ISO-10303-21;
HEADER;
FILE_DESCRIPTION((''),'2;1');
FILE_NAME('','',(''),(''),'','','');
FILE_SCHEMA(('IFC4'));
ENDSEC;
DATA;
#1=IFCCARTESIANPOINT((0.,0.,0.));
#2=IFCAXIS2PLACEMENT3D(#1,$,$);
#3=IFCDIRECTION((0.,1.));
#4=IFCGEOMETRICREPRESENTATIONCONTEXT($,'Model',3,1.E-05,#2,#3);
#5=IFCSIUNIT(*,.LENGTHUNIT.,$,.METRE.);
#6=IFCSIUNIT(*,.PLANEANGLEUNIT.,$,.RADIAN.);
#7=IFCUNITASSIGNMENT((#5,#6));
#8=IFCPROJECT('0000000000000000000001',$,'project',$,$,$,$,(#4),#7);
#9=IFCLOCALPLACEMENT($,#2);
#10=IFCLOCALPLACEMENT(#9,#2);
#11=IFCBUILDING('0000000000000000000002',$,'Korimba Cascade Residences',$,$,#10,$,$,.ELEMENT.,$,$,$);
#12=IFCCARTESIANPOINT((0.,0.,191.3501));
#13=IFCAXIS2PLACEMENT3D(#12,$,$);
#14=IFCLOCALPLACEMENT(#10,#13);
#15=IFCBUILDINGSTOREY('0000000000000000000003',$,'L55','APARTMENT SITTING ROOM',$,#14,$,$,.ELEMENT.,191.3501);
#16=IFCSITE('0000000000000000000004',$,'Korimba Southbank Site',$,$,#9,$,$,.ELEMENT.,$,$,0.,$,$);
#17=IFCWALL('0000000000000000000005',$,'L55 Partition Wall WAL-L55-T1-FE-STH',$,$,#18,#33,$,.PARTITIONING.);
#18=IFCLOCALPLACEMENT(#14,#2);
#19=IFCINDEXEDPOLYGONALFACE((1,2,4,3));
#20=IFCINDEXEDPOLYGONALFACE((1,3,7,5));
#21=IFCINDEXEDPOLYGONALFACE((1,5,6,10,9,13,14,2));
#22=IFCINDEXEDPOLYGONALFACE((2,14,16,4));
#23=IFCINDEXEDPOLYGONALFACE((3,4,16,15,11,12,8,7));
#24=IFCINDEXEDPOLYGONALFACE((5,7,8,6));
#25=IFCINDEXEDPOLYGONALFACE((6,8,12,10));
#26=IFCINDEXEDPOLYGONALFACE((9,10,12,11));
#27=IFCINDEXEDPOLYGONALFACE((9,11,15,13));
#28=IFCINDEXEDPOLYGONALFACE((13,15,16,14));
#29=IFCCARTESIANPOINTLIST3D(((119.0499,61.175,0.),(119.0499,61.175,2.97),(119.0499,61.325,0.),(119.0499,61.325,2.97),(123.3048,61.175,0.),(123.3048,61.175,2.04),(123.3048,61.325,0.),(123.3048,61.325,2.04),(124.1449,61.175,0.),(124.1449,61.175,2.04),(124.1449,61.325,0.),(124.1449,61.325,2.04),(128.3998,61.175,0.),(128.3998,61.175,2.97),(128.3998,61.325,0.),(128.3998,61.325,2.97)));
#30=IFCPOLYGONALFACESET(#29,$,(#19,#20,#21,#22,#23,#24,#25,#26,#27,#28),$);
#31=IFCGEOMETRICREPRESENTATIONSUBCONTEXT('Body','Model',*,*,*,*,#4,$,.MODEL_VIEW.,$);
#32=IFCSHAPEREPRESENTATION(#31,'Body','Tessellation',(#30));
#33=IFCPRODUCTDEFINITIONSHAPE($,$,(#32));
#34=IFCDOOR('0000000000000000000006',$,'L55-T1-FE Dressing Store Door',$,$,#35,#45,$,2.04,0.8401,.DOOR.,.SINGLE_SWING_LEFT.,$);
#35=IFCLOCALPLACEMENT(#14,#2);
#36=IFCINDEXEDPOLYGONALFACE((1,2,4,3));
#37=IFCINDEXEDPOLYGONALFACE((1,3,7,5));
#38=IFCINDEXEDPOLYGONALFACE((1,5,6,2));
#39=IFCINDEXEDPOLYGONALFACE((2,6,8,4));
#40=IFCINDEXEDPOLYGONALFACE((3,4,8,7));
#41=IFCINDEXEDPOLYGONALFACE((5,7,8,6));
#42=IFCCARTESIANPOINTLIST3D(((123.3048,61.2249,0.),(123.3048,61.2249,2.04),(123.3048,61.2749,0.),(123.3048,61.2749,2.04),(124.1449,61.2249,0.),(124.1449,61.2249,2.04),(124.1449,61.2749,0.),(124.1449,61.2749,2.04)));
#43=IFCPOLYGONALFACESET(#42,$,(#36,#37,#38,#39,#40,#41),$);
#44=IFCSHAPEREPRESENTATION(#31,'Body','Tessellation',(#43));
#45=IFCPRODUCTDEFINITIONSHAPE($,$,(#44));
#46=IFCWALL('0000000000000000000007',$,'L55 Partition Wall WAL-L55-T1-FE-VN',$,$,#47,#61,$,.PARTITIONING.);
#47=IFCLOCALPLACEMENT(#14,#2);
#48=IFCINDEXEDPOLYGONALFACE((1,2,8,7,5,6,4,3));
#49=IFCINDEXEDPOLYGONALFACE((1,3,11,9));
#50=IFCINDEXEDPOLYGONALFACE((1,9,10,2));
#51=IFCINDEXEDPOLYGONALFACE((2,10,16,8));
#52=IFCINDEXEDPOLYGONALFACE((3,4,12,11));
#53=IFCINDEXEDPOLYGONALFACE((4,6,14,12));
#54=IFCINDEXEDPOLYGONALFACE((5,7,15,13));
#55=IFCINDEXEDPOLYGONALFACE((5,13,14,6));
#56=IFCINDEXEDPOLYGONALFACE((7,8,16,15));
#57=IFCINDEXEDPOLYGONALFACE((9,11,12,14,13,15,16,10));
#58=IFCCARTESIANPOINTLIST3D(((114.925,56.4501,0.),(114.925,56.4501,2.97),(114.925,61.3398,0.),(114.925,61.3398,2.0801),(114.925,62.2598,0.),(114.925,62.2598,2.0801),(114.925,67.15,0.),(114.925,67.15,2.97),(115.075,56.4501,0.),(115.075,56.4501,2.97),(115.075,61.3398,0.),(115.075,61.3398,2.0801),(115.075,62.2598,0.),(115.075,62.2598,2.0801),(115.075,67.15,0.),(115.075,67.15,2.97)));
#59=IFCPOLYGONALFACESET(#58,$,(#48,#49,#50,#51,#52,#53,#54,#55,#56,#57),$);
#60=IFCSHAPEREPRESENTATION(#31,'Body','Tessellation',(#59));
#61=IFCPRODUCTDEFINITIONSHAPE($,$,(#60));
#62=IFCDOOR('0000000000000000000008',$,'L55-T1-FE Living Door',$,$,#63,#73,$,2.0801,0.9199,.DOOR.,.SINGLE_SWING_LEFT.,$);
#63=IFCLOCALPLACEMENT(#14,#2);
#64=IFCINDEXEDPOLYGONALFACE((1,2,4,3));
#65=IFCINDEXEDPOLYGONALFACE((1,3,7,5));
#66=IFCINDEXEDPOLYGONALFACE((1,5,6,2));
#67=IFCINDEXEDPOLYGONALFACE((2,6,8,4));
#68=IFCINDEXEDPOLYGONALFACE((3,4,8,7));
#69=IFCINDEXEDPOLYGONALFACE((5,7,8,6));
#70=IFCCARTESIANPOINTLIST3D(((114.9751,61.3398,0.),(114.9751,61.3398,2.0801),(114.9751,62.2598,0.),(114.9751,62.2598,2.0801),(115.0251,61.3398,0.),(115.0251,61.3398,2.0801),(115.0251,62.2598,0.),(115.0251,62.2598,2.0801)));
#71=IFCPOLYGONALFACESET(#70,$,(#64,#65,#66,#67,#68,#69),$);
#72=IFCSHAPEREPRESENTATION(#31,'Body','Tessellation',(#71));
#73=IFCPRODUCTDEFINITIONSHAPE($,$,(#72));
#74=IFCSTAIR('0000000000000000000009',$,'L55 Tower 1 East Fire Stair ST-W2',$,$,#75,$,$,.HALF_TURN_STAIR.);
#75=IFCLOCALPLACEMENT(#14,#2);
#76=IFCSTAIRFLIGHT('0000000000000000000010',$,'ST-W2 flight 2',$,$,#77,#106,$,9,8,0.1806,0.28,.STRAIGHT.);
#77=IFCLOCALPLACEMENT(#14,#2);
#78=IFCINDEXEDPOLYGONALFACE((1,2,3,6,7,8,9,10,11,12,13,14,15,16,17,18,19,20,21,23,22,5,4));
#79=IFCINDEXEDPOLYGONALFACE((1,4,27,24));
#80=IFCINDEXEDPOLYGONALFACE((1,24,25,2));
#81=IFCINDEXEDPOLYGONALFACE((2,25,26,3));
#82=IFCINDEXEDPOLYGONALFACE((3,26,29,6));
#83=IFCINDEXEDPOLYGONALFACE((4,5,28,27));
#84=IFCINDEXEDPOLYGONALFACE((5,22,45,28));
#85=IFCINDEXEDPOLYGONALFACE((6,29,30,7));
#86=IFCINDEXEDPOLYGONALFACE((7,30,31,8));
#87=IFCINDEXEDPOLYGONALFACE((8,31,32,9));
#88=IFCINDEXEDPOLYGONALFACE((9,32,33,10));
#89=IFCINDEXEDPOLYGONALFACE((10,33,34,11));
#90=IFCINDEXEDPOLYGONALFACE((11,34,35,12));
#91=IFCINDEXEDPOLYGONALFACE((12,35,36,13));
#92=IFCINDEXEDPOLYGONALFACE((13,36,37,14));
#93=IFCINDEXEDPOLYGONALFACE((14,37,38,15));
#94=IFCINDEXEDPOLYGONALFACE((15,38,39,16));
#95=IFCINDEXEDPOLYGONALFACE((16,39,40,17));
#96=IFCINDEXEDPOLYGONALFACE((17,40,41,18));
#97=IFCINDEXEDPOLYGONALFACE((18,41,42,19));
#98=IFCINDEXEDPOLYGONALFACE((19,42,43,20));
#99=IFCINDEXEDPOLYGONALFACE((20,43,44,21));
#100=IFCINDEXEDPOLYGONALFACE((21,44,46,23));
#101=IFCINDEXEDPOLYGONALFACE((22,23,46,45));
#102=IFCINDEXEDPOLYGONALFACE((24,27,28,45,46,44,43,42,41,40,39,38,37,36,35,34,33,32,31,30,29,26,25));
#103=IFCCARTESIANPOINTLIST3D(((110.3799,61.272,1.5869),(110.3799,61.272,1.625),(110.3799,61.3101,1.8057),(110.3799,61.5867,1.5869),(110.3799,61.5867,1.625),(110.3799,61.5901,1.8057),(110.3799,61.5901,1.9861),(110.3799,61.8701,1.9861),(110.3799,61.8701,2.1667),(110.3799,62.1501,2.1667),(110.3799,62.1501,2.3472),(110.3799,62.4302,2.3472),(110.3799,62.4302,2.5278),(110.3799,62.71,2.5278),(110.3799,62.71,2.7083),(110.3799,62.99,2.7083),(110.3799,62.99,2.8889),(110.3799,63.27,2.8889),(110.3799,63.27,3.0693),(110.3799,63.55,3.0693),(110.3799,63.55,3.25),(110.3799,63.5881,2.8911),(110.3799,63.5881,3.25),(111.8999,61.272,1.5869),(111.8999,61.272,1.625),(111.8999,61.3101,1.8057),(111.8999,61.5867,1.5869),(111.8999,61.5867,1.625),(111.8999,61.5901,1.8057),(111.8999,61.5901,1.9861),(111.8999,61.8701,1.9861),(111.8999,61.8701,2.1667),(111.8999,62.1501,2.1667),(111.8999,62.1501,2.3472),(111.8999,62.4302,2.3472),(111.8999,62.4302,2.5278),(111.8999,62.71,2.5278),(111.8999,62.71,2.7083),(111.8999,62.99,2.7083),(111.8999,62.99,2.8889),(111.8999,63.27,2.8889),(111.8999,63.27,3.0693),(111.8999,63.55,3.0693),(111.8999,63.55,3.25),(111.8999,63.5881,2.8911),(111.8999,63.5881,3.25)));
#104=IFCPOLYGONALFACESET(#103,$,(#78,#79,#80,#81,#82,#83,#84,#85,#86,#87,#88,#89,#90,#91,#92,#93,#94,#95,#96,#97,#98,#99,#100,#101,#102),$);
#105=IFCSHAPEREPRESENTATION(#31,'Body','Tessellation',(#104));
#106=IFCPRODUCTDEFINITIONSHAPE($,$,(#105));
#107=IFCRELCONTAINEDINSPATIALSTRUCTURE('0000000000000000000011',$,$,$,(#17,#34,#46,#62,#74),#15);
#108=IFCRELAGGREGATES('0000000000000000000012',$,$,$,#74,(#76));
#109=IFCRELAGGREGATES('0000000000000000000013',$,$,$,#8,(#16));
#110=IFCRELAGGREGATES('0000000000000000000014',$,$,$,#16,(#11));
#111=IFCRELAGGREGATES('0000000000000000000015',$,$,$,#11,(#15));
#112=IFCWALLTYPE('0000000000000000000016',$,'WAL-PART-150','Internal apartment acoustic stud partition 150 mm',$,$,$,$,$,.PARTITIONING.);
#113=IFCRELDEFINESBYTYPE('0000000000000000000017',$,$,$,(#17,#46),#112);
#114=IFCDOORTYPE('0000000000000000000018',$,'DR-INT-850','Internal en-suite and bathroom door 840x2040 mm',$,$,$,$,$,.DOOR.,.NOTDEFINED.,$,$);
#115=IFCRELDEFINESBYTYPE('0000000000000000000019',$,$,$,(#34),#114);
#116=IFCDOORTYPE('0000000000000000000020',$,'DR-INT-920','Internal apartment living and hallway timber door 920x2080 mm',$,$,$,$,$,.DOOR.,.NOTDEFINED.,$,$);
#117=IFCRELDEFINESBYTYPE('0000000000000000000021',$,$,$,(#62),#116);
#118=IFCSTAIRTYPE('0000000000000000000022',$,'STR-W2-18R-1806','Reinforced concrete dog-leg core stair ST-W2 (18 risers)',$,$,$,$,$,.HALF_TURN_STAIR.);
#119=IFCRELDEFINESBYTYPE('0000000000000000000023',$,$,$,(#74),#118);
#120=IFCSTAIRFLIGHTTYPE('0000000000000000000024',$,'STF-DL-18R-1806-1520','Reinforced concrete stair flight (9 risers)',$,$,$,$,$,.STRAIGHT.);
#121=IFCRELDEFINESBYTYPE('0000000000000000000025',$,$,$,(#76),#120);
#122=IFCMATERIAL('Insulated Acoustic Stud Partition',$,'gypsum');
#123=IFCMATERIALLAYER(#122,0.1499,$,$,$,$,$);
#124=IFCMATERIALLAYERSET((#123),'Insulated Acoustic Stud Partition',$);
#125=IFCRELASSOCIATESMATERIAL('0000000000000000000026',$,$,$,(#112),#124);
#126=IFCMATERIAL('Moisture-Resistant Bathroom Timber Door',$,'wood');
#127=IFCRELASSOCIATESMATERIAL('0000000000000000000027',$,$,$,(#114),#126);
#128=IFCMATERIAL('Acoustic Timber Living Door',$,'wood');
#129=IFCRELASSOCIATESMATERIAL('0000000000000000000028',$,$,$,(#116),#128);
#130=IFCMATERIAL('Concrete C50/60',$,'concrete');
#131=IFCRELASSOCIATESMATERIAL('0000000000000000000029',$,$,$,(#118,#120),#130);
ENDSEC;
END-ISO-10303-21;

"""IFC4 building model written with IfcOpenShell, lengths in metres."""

from ifc_helpers import new_model, si_unit, direction, frame, frame_2d, origin, place, context, subcontext, project, spatial, polyline, rectangle, outline, extrude, material, layer, layer_set, type_object, element, fill, aggregate, save


model = new_model("IFC4")

# Units and contexts
model_context = context("Model", 3, precision=1e-05, world=origin(), true_north=direction((0.0, 1.0)))
body_context = subcontext(model_context, "Body", "Model", "MODEL_VIEW")
ifc_project = project(units=[si_unit("LENGTHUNIT", "METRE"), si_unit("PLANEANGLEUNIT", "RADIAN")], contexts=[model_context])

# Site, building, storey
site_placement = place(None, origin())
site = spatial("IfcSite", under=ifc_project, at=site_placement, Name="Korimba Southbank Site", CompositionType="ELEMENT", RefElevation=0.0)
building_placement = place(site_placement, origin())
building = spatial("IfcBuilding", under=site, at=building_placement, Name="Korimba Cascade Residences", CompositionType="ELEMENT")
storey_placement = place(building_placement, frame((0.0, 0.0, 191.3501)))
storey = spatial("IfcBuildingStorey", under=building, at=storey_placement, Name="L55", Description="APARTMENT SITTING ROOM", CompositionType="ELEMENT", Elevation=191.3501)

# Walls, openings, doors
ifc_material_1 = material(Name="Insulated Acoustic Stud Partition", Category="gypsum")
ifc_layer_1 = layer(ifc_material_1, 0.1499)
ifc_layer_set_1 = layer_set([ifc_layer_1], Name="Insulated Acoustic Stud Partition")
wall_type_1 = type_object("IfcWallType", Name="WAL-PART-150", Description="Internal apartment acoustic stud partition 150 mm", PredefinedType="PARTITIONING", material=ifc_layer_set_1)
wall_1_placement = place(storey_placement, frame((119.05, 61.25, 0.0), z_axis=(0.0, 0.0, 1.0), x_axis=(1.0, 0.0, 0.0)))
wall_1 = element("IfcWall", 1, at=wall_1_placement, inside=storey, type_object=wall_type_1, Name="L55 Partition Wall WAL-L55-T1-FE-STH", PredefinedType="PARTITIONING", context=body_context, shape_type="SweptSolid", body=[
    extrude(rectangle(XDim=9.3499, YDim=0.1499, at=frame_2d((4.6748, 0.0))), origin(), (0.0, 0.0, 1.0), 2.97),
])
opening_1_placement = place(wall_1_placement, frame((4.2549, 0.0, 0.0)))
opening_1 = element("IfcOpeningElement", 2, at=opening_1_placement, cuts=wall_1, PredefinedType="OPENING", context=body_context, shape_type="SweptSolid", body=[
    extrude(rectangle(XDim=0.8401, YDim=2.04, at=frame_2d((0.4199, 1.02))), frame((0.0, 0.085, 0.0), z_axis=(0.0, -1.0, 0.0), x_axis=(1.0, 0.0, 0.0)), (0.0, 0.0, 1.0), 0.1699),
])
ifc_material_2 = material(Name="Moisture-Resistant Bathroom Timber Door", Category="wood")
door_type_1 = type_object("IfcDoorType", Name="DR-INT-850", Description="Internal en-suite and bathroom door 840x2040 mm", OperationType="NOTDEFINED", PredefinedType="DOOR", material=ifc_material_2)
door_1_placement = place(opening_1_placement, origin())
door_1 = element("IfcDoor", 3, at=door_1_placement, inside=storey, type_object=door_type_1, Name="L55-T1-FE Dressing Store Door", OperationType="SINGLE_SWING_LEFT", OverallHeight=2.04, OverallWidth=0.8401, PredefinedType="DOOR", context=body_context, shape_type="SweptSolid", body=[
    extrude(rectangle(XDim=0.8401, YDim=2.04, at=frame_2d((0.4199, 1.02))), frame((0.0, 0.0249, 0.0), z_axis=(0.0, -1.0, 0.0), x_axis=(1.0, 0.0, 0.0)), (0.0, 0.0, 1.0), 0.05),
])
fill(opening_1, door_1)
wall_2_placement = place(storey_placement, frame((115.0, 56.45, 0.0), z_axis=(0.0, 0.0, 1.0), x_axis=(0.0, 1.0, 0.0)))
wall_2 = element("IfcWall", 4, at=wall_2_placement, inside=storey, type_object=wall_type_1, Name="L55 Partition Wall WAL-L55-T1-FE-VN", PredefinedType="PARTITIONING", context=body_context, shape_type="SweptSolid", body=[
    extrude(rectangle(XDim=10.7, YDim=0.1499, at=frame_2d((5.3501, 0.0))), origin(), (0.0, 0.0, 1.0), 2.97),
])
opening_2_placement = place(wall_2_placement, frame((4.8899, 0.0, 0.0)))
opening_2 = element("IfcOpeningElement", 5, at=opening_2_placement, cuts=wall_2, PredefinedType="OPENING", context=body_context, shape_type="SweptSolid", body=[
    extrude(rectangle(XDim=0.9199, YDim=2.0801, at=frame_2d((0.46, 1.04))), frame((0.0, 0.085, 0.0), z_axis=(0.0, -1.0, 0.0), x_axis=(1.0, 0.0, 0.0)), (0.0, 0.0, 1.0), 0.1699),
])
ifc_material_3 = material(Name="Acoustic Timber Living Door", Category="wood")
door_type_2 = type_object("IfcDoorType", Name="DR-INT-920", Description="Internal apartment living and hallway timber door 920x2080 mm", OperationType="NOTDEFINED", PredefinedType="DOOR", material=ifc_material_3)
door_2_placement = place(opening_2_placement, origin())
door_2 = element("IfcDoor", 6, at=door_2_placement, inside=storey, type_object=door_type_2, Name="L55-T1-FE Living Door", OperationType="SINGLE_SWING_LEFT", OverallHeight=2.0801, OverallWidth=0.9199, PredefinedType="DOOR", context=body_context, shape_type="SweptSolid", body=[
    extrude(rectangle(XDim=0.9199, YDim=2.0801, at=frame_2d((0.46, 1.04))), frame((0.0, 0.0249, 0.0), z_axis=(0.0, -1.0, 0.0), x_axis=(1.0, 0.0, 0.0)), (0.0, 0.0, 1.0), 0.05),
])
fill(opening_2, door_2)

# Stair, stair flight
ifc_material_4 = material(Name="Concrete C50/60", Category="concrete")
stair_type = type_object("IfcStairType", Name="STR-W2-18R-1806", Description="Reinforced concrete dog-leg core stair ST-W2 (18 risers)", PredefinedType="HALF_TURN_STAIR", material=ifc_material_4)
stair_placement = place(storey_placement, origin())
stair = element("IfcStair", 7, at=stair_placement, inside=storey, type_object=stair_type, Name="L55 Tower 1 East Fire Stair ST-W2", PredefinedType="HALF_TURN_STAIR")
stair_flight_type = type_object("IfcStairFlightType", Name="STF-DL-18R-1806-1520", Description="Reinforced concrete stair flight (9 risers)", PredefinedType="STRAIGHT", material=ifc_material_4)
stair_flight_placement = place(storey_placement, frame((111.1399, 61.3101, 1.625), z_axis=(0.0, 0.0, 1.0), x_axis=(0.0, 1.0, 0.0)))
stair_flight = element("IfcStairFlight", 8, at=stair_flight_placement, type_object=stair_flight_type, Name="ST-W2 flight 2", NumberOfRisers=9, NumberOfTreads=8, PredefinedType="STRAIGHT", RiserHeight=0.1806, TreadLength=0.28, context=body_context, shape_type="SweptSolid", body=[
    extrude(outline(polyline([(-0.0381, 0.0), (0.0, 0.1807), (0.28, 0.1807), (0.28, 0.3611), (0.5601, 0.3611), (0.5601, 0.5417), (0.8401, 0.5417), (0.8401, 0.7222), (1.1201, 0.7222), (1.1201, 0.9028), (1.3999, 0.9028), (1.3999, 1.0833), (1.6799, 1.0833), (1.6799, 1.2639), (1.96, 1.2639), (1.96, 1.4443), (2.24, 1.4443), (2.24, 1.625), (2.2781, 1.625), (2.2781, 1.2661), (0.2766, 0.0), (0.2766, -0.0381), (-0.0381, -0.0381), (-0.0381, 0.0)])), frame((0.0, 0.76, 0.0), z_axis=(0.0, -1.0, 0.0), x_axis=(1.0, 0.0, 0.0)), (0.0, 0.0, 1.0), 1.52),
])
aggregate(stair, [stair_flight])

save(model, "model.ifc")
